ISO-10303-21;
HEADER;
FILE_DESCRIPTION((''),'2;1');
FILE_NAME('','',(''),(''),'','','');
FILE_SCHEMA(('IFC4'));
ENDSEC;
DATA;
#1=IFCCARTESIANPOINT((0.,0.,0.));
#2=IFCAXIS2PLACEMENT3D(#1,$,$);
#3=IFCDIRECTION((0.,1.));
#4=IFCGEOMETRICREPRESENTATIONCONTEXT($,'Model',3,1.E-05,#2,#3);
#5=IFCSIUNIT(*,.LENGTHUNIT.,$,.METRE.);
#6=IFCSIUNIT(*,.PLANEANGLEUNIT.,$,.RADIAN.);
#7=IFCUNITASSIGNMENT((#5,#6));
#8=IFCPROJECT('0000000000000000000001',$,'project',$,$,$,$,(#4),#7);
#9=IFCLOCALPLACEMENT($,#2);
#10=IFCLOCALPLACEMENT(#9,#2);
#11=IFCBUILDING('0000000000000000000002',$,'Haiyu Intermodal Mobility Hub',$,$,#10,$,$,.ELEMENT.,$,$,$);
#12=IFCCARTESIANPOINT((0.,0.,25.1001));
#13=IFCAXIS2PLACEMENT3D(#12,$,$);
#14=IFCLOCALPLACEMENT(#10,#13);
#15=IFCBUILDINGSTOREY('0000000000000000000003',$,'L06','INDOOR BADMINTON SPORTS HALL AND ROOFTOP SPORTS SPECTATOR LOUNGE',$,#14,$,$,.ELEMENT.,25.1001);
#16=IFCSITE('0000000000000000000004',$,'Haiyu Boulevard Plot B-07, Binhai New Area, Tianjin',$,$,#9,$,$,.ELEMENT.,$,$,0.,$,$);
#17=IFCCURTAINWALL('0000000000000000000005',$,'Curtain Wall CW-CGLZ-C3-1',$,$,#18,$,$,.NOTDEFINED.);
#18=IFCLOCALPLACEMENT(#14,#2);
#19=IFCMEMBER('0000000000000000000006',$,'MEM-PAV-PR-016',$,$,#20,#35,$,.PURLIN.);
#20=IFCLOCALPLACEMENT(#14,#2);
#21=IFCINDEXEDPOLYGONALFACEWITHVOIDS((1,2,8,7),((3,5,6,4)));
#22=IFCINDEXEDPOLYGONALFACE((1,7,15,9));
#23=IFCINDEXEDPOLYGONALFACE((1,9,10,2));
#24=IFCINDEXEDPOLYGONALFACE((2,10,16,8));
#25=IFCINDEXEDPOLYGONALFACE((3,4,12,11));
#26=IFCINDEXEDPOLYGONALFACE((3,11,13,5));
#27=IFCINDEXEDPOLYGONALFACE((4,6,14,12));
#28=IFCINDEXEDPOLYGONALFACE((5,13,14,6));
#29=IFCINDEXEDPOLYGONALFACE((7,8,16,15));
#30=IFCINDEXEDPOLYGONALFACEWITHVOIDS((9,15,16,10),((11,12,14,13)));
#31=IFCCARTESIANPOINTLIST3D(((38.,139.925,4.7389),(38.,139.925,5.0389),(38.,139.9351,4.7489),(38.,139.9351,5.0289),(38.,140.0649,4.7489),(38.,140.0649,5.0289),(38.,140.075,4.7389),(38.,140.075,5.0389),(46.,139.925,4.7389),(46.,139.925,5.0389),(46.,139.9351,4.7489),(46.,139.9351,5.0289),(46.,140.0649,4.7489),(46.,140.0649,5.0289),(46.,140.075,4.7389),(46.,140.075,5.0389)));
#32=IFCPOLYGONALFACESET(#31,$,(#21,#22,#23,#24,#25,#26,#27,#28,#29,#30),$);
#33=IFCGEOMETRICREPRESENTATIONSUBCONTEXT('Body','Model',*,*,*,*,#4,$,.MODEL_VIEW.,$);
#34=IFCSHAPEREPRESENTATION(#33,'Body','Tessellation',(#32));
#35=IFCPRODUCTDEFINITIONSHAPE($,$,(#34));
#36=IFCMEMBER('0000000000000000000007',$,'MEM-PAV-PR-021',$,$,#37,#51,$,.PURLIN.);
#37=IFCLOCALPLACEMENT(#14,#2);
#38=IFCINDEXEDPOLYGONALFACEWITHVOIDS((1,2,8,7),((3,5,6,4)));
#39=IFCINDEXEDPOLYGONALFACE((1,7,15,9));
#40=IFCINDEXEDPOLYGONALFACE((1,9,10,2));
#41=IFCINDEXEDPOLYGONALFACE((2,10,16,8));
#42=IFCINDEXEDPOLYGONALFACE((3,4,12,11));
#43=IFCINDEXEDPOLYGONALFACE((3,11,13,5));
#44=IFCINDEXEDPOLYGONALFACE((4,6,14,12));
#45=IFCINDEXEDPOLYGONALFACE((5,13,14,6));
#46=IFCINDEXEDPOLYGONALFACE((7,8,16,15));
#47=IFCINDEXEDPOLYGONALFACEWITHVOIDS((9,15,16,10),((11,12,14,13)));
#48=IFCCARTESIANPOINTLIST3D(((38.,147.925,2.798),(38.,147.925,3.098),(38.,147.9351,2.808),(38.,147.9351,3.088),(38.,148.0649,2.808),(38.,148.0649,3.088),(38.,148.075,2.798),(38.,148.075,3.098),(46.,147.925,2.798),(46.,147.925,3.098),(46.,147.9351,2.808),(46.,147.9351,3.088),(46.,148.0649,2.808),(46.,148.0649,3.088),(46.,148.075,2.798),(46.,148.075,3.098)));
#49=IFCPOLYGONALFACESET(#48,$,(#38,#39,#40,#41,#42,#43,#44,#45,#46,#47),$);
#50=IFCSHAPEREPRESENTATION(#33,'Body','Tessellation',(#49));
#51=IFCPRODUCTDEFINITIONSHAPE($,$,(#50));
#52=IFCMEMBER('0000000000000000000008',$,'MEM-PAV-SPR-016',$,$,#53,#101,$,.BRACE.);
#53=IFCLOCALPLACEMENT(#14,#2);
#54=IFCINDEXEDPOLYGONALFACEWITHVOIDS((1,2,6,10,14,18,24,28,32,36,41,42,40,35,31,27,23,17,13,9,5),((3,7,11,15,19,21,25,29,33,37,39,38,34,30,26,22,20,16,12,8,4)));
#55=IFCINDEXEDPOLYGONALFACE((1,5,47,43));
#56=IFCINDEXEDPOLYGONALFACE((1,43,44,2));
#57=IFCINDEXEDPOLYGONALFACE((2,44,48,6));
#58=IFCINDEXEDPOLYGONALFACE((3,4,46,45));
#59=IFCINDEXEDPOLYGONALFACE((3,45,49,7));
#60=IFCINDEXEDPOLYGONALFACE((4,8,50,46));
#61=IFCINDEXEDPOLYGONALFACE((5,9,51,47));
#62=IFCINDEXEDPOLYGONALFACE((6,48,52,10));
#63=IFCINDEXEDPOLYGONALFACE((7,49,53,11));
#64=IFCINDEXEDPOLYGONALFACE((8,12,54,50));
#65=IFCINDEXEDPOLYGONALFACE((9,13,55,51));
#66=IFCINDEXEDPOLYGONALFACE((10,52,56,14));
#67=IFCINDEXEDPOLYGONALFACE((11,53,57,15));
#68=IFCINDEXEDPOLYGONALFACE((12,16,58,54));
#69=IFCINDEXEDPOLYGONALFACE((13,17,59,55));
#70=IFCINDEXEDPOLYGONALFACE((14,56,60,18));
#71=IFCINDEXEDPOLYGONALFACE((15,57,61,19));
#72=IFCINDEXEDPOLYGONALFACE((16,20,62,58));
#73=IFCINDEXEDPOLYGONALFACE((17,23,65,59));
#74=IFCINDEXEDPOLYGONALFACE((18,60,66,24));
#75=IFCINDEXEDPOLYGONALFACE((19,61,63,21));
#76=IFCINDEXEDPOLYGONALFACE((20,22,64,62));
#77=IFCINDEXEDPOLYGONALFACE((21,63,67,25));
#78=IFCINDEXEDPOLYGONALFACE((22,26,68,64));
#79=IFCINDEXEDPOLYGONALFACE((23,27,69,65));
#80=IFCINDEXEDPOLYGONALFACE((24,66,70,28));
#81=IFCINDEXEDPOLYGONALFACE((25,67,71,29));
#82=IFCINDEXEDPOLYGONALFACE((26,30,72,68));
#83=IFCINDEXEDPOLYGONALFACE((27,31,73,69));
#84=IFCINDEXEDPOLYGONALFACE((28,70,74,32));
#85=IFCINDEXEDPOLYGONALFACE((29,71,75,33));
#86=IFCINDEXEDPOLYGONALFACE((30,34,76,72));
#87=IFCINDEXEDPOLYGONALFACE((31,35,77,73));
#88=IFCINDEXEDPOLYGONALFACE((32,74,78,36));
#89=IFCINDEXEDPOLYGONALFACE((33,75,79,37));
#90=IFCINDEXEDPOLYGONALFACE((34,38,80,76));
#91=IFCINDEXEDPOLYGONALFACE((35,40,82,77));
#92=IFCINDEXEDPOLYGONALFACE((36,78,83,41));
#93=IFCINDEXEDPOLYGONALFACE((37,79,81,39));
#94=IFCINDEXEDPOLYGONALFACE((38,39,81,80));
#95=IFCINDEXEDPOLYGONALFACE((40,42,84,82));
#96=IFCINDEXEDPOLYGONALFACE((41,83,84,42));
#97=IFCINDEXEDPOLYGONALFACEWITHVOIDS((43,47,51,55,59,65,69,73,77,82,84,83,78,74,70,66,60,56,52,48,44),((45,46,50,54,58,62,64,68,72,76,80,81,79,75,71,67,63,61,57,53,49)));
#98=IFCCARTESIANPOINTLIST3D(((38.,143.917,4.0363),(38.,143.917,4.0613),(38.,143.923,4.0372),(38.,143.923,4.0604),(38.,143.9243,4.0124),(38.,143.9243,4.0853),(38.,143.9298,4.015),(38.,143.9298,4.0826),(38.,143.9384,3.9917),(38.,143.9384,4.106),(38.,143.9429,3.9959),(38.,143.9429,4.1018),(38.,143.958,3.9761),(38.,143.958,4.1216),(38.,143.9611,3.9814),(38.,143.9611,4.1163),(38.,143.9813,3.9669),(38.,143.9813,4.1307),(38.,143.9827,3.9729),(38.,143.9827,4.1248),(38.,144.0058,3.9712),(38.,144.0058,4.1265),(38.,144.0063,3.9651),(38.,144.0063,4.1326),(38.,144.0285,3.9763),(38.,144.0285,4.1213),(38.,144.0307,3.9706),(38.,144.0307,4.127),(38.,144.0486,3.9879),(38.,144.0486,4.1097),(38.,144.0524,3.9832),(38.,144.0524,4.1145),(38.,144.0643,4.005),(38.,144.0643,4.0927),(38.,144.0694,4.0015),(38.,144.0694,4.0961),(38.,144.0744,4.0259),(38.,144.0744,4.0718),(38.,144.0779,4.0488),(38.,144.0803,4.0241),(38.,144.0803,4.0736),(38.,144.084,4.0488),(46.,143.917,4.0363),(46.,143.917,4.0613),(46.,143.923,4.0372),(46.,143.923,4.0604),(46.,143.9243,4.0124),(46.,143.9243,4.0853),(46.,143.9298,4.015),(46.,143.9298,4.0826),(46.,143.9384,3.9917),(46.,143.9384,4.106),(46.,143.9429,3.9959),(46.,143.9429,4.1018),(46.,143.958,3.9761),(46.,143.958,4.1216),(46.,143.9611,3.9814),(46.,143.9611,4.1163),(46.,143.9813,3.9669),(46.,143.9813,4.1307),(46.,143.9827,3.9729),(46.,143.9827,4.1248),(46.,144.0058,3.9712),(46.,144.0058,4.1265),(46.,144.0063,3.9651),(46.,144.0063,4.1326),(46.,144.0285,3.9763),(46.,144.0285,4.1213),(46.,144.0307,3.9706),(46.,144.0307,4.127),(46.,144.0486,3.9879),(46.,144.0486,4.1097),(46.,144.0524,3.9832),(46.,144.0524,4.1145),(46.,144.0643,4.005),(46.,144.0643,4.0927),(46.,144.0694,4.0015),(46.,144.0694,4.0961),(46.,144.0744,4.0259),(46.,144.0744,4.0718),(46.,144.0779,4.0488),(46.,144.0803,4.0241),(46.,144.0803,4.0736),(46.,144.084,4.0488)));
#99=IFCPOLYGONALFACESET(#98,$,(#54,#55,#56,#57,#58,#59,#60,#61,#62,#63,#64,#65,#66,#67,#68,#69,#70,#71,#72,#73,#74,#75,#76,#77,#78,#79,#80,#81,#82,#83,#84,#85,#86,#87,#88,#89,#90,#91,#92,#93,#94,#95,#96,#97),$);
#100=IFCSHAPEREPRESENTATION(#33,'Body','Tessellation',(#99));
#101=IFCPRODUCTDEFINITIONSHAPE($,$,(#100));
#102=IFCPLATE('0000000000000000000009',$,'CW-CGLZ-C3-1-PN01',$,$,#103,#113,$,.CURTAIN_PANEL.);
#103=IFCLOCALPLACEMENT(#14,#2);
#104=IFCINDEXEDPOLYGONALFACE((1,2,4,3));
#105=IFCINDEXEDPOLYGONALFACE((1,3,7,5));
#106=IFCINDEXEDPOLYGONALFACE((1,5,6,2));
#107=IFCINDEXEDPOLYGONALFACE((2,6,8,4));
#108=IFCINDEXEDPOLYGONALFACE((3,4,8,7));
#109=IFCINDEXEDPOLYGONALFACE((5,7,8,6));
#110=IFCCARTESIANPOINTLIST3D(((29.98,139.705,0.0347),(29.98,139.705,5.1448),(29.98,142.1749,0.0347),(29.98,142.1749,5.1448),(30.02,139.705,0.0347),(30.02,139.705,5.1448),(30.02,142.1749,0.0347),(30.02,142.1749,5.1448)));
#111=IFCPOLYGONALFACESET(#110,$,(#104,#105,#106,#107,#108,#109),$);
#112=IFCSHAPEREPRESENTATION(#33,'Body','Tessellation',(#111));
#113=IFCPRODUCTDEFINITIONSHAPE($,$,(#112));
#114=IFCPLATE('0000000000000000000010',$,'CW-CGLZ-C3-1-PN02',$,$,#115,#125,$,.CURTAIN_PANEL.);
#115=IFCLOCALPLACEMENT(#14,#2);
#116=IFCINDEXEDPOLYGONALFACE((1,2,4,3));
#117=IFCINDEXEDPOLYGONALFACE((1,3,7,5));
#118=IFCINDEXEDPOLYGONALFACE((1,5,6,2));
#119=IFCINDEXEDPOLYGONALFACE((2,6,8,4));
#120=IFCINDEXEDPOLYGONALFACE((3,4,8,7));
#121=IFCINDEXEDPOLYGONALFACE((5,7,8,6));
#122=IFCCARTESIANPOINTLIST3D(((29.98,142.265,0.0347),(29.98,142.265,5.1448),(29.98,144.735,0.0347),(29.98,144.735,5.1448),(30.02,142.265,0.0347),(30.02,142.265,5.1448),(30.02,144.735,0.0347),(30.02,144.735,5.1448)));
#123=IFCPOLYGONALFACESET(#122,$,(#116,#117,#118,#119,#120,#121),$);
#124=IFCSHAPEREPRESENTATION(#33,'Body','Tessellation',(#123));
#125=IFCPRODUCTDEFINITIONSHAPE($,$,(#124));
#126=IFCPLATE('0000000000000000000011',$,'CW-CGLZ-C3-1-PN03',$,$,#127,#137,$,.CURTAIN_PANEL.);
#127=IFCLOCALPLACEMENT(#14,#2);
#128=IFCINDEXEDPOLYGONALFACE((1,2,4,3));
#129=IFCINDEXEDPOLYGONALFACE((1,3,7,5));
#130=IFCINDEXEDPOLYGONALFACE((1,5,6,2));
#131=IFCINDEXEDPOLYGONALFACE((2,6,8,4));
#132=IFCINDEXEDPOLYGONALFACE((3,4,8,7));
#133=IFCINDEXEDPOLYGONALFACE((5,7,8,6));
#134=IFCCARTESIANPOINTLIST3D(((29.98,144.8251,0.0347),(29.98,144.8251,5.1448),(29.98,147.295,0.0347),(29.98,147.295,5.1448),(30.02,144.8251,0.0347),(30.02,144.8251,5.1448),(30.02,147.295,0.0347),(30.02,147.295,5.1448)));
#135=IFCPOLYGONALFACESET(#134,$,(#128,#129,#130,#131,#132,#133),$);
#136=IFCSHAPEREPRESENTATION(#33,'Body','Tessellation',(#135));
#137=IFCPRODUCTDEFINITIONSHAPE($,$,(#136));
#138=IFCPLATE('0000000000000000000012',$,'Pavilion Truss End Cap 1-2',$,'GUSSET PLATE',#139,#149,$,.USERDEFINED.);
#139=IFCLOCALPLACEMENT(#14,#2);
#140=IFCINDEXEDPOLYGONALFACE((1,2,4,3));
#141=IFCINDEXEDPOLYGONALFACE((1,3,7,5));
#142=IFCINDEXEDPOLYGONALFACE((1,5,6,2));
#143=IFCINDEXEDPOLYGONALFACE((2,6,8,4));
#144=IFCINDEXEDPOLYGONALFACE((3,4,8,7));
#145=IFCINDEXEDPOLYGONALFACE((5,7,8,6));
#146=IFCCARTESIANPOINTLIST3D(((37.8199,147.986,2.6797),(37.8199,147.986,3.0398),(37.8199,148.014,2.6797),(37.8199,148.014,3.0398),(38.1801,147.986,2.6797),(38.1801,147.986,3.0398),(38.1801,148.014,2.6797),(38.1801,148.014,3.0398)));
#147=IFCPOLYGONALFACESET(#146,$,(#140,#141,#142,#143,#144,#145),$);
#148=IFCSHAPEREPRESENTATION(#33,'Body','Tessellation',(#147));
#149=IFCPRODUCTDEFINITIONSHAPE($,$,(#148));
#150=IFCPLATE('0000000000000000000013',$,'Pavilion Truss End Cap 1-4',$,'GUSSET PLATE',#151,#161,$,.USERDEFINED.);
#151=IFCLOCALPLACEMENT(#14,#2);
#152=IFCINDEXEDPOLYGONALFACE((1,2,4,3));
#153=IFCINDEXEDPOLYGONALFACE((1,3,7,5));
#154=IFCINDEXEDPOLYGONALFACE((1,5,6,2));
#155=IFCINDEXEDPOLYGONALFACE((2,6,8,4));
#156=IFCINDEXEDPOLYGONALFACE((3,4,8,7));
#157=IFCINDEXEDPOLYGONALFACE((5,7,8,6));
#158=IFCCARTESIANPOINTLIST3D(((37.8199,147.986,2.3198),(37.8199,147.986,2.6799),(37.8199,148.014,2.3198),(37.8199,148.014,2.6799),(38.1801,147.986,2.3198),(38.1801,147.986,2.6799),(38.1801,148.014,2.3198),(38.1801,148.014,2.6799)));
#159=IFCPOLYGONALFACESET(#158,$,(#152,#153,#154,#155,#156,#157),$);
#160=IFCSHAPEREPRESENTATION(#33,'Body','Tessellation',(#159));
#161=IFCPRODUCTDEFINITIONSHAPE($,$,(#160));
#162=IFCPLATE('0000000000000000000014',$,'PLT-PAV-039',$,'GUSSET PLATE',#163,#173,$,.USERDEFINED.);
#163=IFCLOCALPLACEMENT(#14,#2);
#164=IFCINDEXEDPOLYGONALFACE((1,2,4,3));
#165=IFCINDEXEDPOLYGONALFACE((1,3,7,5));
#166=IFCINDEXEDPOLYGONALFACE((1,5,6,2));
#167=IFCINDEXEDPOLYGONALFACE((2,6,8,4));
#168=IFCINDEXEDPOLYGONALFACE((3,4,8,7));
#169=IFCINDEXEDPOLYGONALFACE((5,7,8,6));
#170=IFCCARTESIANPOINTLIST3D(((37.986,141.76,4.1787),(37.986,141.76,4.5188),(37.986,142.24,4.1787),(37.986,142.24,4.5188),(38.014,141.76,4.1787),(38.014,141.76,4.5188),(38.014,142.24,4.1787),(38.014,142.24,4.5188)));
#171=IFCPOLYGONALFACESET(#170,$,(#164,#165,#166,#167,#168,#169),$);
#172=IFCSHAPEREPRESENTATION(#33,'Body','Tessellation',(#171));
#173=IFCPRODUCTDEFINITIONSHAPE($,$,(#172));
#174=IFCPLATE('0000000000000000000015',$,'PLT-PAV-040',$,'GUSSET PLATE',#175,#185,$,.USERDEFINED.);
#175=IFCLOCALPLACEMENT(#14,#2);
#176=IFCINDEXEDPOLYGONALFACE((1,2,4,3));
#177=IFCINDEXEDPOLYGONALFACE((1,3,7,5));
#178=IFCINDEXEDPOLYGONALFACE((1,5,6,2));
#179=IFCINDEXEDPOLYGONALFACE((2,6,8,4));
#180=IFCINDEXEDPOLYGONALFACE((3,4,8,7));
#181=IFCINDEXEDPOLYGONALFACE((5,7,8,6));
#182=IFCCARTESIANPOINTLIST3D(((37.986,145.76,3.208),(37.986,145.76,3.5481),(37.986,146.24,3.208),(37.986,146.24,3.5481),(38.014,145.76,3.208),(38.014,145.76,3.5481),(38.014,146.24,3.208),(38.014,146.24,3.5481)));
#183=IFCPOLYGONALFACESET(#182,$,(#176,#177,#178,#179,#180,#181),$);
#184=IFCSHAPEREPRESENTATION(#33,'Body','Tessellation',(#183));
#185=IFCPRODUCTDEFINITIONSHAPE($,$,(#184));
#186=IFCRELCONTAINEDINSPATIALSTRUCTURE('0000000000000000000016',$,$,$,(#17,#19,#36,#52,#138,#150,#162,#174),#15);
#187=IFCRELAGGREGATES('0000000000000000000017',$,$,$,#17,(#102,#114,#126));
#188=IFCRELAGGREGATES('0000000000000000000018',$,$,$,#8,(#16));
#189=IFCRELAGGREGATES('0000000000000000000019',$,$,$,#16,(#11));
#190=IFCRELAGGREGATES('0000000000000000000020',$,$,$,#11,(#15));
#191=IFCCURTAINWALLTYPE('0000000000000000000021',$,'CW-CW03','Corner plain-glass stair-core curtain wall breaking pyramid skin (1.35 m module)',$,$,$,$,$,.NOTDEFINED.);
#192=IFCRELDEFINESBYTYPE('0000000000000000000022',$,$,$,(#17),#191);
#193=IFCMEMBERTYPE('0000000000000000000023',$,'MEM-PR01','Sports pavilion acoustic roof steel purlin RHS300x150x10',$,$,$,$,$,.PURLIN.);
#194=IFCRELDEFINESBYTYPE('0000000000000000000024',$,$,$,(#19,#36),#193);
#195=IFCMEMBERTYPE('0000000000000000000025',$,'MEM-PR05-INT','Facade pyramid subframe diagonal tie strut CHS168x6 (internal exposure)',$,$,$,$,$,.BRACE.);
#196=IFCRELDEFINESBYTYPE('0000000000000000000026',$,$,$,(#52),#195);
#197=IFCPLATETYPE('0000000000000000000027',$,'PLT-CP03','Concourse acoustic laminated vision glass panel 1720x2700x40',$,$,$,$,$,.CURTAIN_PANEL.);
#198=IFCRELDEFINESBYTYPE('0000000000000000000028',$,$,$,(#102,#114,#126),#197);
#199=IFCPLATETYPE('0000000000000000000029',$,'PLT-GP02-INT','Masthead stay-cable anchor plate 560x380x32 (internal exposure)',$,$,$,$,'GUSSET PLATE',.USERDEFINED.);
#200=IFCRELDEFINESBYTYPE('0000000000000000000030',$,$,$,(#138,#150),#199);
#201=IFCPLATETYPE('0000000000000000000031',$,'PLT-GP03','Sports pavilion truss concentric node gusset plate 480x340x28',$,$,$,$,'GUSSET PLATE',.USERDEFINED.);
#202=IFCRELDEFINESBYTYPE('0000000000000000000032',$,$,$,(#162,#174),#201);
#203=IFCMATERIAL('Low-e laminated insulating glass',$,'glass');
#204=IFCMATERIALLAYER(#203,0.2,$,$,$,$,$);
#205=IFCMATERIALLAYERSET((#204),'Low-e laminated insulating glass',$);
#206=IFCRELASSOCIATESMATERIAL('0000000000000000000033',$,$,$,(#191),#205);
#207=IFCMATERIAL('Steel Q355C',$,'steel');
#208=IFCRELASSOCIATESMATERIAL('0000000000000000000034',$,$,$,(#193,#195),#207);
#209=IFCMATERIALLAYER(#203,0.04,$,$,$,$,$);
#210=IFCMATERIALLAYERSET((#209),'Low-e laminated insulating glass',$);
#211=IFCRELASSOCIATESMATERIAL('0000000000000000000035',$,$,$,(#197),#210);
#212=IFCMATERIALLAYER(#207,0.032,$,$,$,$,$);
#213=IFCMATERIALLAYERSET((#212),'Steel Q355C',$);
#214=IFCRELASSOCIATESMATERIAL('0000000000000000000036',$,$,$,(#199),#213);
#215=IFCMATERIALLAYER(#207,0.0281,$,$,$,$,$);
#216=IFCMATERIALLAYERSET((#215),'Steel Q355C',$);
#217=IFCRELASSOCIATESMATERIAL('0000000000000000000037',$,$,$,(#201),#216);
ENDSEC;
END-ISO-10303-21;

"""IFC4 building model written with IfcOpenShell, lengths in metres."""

from ifc_helpers import new_model, si_unit, direction, frame, origin, origin_2d, place, context, subcontext, project, spatial, rectangle, hollow_rectangle, hollow_circle, extrude, material, layer, layer_set, material_profile, profile_set, type_object, element, aggregate, save


model = new_model("IFC4")

# Units and contexts
model_context = context("Model", 3, precision=1e-05, world=origin(), true_north=direction((0.0, 1.0)))
body_context = subcontext(model_context, "Body", "Model", "MODEL_VIEW")
ifc_project = project(units=[si_unit("LENGTHUNIT", "METRE"), si_unit("PLANEANGLEUNIT", "RADIAN")], contexts=[model_context])

# Site, building, storey
site_placement = place(None, origin())
site = spatial("IfcSite", under=ifc_project, at=site_placement, Name="Haiyu Boulevard Plot B-07, Binhai New Area, Tianjin", CompositionType="ELEMENT", RefElevation=0.0)
building_placement = place(site_placement, origin())
building = spatial("IfcBuilding", under=site, at=building_placement, Name="Haiyu Intermodal Mobility Hub", CompositionType="ELEMENT")
storey_placement = place(building_placement, frame((0.0, 0.0, 25.1001)))
storey = spatial("IfcBuildingStorey", under=building, at=storey_placement, Name="L06", Description="INDOOR BADMINTON SPORTS HALL AND ROOFTOP SPORTS SPECTATOR LOUNGE", CompositionType="ELEMENT", Elevation=25.1001)

# Shared definitions
ifc_material_1 = material(Name="Steel Q355C", Category="steel")

# Shared definitions
ifc_material_2 = material(Name="Low-e laminated insulating glass", Category="glass")
ifc_layer_1 = layer(ifc_material_2, 0.2)
ifc_layer_set_1 = layer_set([ifc_layer_1], Name="Low-e laminated insulating glass")
curtain_wall_type = type_object("IfcCurtainWallType", Name="CW-CW03", Description="Corner plain-glass stair-core curtain wall breaking pyramid skin (1.35 m module)", PredefinedType="NOTDEFINED", material=ifc_layer_set_1)

# Curtain wall
curtain_wall_1_placement = place(storey_placement, origin())
curtain_wall_1 = element("IfcCurtainWall", 1, at=curtain_wall_1_placement, inside=storey, type_object=curtain_wall_type, Name="Curtain Wall CW-CGLZ-C3-1", PredefinedType="NOTDEFINED")

# Members
ifc_material_profile_1 = material_profile(ifc_material_1, hollow_rectangle(XDim=0.1499, YDim=0.3, WallThickness=0.01, at=origin_2d()), Name="RHS300x150x10")
ifc_profile_set_1 = profile_set([ifc_material_profile_1], Name="Steel Q355C")
member_type_1 = type_object("IfcMemberType", Name="MEM-PR01", Description="Sports pavilion acoustic roof steel purlin RHS300x150x10", PredefinedType="PURLIN", material=ifc_profile_set_1)
for number, where, z_axis, x_axis, name in (
    (2, (38.0, 140.0, 4.8889), (1.0, 0.0, 0.0), (0.0, 1.0, 0.0), "MEM-PAV-PR-016"),
    (3, (38.0, 148.0, 2.948), (1.0, 0.0, 0.0), (0.0, 1.0, 0.0), "MEM-PAV-PR-021"),
):
    element("IfcMember", number, at=place(storey_placement, frame(where, z_axis=z_axis, x_axis=x_axis)), inside=storey, type_object=member_type_1, Name=name, PredefinedType="PURLIN", context=body_context, shape_type="SweptSolid", body=[
        extrude(hollow_rectangle(XDim=0.1499, YDim=0.3, WallThickness=0.01, at=origin_2d()), origin(), (0.0, 0.0, 1.0), 8.0),
    ])
ifc_material_profile_2 = material_profile(ifc_material_1, hollow_circle(Radius=0.084, WallThickness=0.0061, at=origin_2d()), Name="CHS168x6")
ifc_profile_set_2 = profile_set([ifc_material_profile_2], Name="Steel Q355C")
member_type_2 = type_object("IfcMemberType", Name="MEM-PR05-INT", Description="Facade pyramid subframe diagonal tie strut CHS168x6 (internal exposure)", PredefinedType="BRACE", material=ifc_profile_set_2)
member_1_placement = place(storey_placement, frame((38.0, 144.0, 4.0488), z_axis=(1.0, 0.0, 0.0), x_axis=(0.0, 1.0, 0.0)))
element("IfcMember", 4, at=member_1_placement, inside=storey, type_object=member_type_2, Name="MEM-PAV-SPR-016", PredefinedType="BRACE", context=body_context, shape_type="SweptSolid", body=[
    extrude(hollow_circle(Radius=0.084, WallThickness=0.0061, at=origin_2d()), origin(), (0.0, 0.0, 1.0), 8.0),
])

# Plates
ifc_layer_2 = layer(ifc_material_2, 0.04)
ifc_layer_set_2 = layer_set([ifc_layer_2], Name="Low-e laminated insulating glass")
plate_type_1 = type_object("IfcPlateType", Name="PLT-CP03", Description="Concourse acoustic laminated vision glass panel 1720x2700x40", PredefinedType="CURTAIN_PANEL", material=ifc_layer_set_2)
plate_1_placement = place(storey_placement, frame((30.0, 140.9399, 0.0347), z_axis=(0.0, 0.0, 1.0), x_axis=(0.0, 1.0, 0.0)))
plate_1 = element("IfcPlate", 5, at=plate_1_placement, type_object=plate_type_1, Name="CW-CGLZ-C3-1-PN01", PredefinedType="CURTAIN_PANEL", context=body_context, shape_type="SweptSolid", body=[
    extrude(rectangle(XDim=2.47, YDim=0.04, at=origin_2d()), origin(), (0.0, 0.0, 1.0), 5.1101),
])
plate_2_placement = place(storey_placement, frame((30.0, 143.5, 0.0347), z_axis=(0.0, 0.0, 1.0), x_axis=(0.0, 1.0, 0.0)))
plate_2 = element("IfcPlate", 6, at=plate_2_placement, type_object=plate_type_1, Name="CW-CGLZ-C3-1-PN02", PredefinedType="CURTAIN_PANEL", context=body_context, shape_type="SweptSolid", body=[
    extrude(rectangle(XDim=2.47, YDim=0.04, at=origin_2d()), origin(), (0.0, 0.0, 1.0), 5.1101),
])
plate_3_placement = place(storey_placement, frame((30.0, 146.0601, 0.0347), z_axis=(0.0, 0.0, 1.0), x_axis=(0.0, 1.0, 0.0)))
plate_3 = element("IfcPlate", 7, at=plate_3_placement, type_object=plate_type_1, Name="CW-CGLZ-C3-1-PN03", PredefinedType="CURTAIN_PANEL", context=body_context, shape_type="SweptSolid", body=[
    extrude(rectangle(XDim=2.47, YDim=0.04, at=origin_2d()), origin(), (0.0, 0.0, 1.0), 5.1101),
])
aggregate(curtain_wall_1, [plate_1, plate_2, plate_3])

# Plates
ifc_layer_3 = layer(ifc_material_1, 0.032)
ifc_layer_set_3 = layer_set([ifc_layer_3], Name="Steel Q355C")
plate_type_2 = type_object("IfcPlateType", Name="PLT-GP02-INT", Description="Masthead stay-cable anchor plate 560x380x32 (internal exposure)", ElementType="GUSSET PLATE", PredefinedType="USERDEFINED", material=ifc_layer_set_3)
for number, where, z_axis, x_axis, name in (
    (8, (38.0, 148.0, 2.6797), (0.0, 0.0, 1.0), (1.0, 0.0, 0.0), "Pavilion Truss End Cap 1-2"),
    (9, (38.0, 148.0, 2.3198), (0.0, 0.0, 1.0), (1.0, 0.0, 0.0), "Pavilion Truss End Cap 1-4"),
):
    element("IfcPlate", number, at=place(storey_placement, frame(where, z_axis=z_axis, x_axis=x_axis)), inside=storey, type_object=plate_type_2, Name=name, ObjectType="GUSSET PLATE", PredefinedType="USERDEFINED", context=body_context, shape_type="SweptSolid", body=[
        extrude(rectangle(XDim=0.3601, YDim=0.0281, at=origin_2d()), origin(), (0.0, 0.0, 1.0), 0.3601),
    ])
ifc_layer_4 = layer(ifc_material_1, 0.0281)
ifc_layer_set_4 = layer_set([ifc_layer_4], Name="Steel Q355C")
plate_type_3 = type_object("IfcPlateType", Name="PLT-GP03", Description="Sports pavilion truss concentric node gusset plate 480x340x28", ElementType="GUSSET PLATE", PredefinedType="USERDEFINED", material=ifc_layer_set_4)
for number, where, z_axis, x_axis, name in (
    (10, (38.0, 142.0, 4.1787), (0.0, 0.0, 1.0), (1.0, 0.0, 0.0), "PLT-PAV-039"),
    (11, (38.0, 146.0, 3.208), (0.0, 0.0, 1.0), (1.0, 0.0, 0.0), "PLT-PAV-040"),
):
    element("IfcPlate", number, at=place(storey_placement, frame(where, z_axis=z_axis, x_axis=x_axis)), inside=storey, type_object=plate_type_3, Name=name, ObjectType="GUSSET PLATE", PredefinedType="USERDEFINED", context=body_context, shape_type="SweptSolid", body=[
        extrude(rectangle(XDim=0.0281, YDim=0.48, at=origin_2d()), origin(), (0.0, 0.0, 1.0), 0.3401),
    ])

save(model, "model.ifc")
